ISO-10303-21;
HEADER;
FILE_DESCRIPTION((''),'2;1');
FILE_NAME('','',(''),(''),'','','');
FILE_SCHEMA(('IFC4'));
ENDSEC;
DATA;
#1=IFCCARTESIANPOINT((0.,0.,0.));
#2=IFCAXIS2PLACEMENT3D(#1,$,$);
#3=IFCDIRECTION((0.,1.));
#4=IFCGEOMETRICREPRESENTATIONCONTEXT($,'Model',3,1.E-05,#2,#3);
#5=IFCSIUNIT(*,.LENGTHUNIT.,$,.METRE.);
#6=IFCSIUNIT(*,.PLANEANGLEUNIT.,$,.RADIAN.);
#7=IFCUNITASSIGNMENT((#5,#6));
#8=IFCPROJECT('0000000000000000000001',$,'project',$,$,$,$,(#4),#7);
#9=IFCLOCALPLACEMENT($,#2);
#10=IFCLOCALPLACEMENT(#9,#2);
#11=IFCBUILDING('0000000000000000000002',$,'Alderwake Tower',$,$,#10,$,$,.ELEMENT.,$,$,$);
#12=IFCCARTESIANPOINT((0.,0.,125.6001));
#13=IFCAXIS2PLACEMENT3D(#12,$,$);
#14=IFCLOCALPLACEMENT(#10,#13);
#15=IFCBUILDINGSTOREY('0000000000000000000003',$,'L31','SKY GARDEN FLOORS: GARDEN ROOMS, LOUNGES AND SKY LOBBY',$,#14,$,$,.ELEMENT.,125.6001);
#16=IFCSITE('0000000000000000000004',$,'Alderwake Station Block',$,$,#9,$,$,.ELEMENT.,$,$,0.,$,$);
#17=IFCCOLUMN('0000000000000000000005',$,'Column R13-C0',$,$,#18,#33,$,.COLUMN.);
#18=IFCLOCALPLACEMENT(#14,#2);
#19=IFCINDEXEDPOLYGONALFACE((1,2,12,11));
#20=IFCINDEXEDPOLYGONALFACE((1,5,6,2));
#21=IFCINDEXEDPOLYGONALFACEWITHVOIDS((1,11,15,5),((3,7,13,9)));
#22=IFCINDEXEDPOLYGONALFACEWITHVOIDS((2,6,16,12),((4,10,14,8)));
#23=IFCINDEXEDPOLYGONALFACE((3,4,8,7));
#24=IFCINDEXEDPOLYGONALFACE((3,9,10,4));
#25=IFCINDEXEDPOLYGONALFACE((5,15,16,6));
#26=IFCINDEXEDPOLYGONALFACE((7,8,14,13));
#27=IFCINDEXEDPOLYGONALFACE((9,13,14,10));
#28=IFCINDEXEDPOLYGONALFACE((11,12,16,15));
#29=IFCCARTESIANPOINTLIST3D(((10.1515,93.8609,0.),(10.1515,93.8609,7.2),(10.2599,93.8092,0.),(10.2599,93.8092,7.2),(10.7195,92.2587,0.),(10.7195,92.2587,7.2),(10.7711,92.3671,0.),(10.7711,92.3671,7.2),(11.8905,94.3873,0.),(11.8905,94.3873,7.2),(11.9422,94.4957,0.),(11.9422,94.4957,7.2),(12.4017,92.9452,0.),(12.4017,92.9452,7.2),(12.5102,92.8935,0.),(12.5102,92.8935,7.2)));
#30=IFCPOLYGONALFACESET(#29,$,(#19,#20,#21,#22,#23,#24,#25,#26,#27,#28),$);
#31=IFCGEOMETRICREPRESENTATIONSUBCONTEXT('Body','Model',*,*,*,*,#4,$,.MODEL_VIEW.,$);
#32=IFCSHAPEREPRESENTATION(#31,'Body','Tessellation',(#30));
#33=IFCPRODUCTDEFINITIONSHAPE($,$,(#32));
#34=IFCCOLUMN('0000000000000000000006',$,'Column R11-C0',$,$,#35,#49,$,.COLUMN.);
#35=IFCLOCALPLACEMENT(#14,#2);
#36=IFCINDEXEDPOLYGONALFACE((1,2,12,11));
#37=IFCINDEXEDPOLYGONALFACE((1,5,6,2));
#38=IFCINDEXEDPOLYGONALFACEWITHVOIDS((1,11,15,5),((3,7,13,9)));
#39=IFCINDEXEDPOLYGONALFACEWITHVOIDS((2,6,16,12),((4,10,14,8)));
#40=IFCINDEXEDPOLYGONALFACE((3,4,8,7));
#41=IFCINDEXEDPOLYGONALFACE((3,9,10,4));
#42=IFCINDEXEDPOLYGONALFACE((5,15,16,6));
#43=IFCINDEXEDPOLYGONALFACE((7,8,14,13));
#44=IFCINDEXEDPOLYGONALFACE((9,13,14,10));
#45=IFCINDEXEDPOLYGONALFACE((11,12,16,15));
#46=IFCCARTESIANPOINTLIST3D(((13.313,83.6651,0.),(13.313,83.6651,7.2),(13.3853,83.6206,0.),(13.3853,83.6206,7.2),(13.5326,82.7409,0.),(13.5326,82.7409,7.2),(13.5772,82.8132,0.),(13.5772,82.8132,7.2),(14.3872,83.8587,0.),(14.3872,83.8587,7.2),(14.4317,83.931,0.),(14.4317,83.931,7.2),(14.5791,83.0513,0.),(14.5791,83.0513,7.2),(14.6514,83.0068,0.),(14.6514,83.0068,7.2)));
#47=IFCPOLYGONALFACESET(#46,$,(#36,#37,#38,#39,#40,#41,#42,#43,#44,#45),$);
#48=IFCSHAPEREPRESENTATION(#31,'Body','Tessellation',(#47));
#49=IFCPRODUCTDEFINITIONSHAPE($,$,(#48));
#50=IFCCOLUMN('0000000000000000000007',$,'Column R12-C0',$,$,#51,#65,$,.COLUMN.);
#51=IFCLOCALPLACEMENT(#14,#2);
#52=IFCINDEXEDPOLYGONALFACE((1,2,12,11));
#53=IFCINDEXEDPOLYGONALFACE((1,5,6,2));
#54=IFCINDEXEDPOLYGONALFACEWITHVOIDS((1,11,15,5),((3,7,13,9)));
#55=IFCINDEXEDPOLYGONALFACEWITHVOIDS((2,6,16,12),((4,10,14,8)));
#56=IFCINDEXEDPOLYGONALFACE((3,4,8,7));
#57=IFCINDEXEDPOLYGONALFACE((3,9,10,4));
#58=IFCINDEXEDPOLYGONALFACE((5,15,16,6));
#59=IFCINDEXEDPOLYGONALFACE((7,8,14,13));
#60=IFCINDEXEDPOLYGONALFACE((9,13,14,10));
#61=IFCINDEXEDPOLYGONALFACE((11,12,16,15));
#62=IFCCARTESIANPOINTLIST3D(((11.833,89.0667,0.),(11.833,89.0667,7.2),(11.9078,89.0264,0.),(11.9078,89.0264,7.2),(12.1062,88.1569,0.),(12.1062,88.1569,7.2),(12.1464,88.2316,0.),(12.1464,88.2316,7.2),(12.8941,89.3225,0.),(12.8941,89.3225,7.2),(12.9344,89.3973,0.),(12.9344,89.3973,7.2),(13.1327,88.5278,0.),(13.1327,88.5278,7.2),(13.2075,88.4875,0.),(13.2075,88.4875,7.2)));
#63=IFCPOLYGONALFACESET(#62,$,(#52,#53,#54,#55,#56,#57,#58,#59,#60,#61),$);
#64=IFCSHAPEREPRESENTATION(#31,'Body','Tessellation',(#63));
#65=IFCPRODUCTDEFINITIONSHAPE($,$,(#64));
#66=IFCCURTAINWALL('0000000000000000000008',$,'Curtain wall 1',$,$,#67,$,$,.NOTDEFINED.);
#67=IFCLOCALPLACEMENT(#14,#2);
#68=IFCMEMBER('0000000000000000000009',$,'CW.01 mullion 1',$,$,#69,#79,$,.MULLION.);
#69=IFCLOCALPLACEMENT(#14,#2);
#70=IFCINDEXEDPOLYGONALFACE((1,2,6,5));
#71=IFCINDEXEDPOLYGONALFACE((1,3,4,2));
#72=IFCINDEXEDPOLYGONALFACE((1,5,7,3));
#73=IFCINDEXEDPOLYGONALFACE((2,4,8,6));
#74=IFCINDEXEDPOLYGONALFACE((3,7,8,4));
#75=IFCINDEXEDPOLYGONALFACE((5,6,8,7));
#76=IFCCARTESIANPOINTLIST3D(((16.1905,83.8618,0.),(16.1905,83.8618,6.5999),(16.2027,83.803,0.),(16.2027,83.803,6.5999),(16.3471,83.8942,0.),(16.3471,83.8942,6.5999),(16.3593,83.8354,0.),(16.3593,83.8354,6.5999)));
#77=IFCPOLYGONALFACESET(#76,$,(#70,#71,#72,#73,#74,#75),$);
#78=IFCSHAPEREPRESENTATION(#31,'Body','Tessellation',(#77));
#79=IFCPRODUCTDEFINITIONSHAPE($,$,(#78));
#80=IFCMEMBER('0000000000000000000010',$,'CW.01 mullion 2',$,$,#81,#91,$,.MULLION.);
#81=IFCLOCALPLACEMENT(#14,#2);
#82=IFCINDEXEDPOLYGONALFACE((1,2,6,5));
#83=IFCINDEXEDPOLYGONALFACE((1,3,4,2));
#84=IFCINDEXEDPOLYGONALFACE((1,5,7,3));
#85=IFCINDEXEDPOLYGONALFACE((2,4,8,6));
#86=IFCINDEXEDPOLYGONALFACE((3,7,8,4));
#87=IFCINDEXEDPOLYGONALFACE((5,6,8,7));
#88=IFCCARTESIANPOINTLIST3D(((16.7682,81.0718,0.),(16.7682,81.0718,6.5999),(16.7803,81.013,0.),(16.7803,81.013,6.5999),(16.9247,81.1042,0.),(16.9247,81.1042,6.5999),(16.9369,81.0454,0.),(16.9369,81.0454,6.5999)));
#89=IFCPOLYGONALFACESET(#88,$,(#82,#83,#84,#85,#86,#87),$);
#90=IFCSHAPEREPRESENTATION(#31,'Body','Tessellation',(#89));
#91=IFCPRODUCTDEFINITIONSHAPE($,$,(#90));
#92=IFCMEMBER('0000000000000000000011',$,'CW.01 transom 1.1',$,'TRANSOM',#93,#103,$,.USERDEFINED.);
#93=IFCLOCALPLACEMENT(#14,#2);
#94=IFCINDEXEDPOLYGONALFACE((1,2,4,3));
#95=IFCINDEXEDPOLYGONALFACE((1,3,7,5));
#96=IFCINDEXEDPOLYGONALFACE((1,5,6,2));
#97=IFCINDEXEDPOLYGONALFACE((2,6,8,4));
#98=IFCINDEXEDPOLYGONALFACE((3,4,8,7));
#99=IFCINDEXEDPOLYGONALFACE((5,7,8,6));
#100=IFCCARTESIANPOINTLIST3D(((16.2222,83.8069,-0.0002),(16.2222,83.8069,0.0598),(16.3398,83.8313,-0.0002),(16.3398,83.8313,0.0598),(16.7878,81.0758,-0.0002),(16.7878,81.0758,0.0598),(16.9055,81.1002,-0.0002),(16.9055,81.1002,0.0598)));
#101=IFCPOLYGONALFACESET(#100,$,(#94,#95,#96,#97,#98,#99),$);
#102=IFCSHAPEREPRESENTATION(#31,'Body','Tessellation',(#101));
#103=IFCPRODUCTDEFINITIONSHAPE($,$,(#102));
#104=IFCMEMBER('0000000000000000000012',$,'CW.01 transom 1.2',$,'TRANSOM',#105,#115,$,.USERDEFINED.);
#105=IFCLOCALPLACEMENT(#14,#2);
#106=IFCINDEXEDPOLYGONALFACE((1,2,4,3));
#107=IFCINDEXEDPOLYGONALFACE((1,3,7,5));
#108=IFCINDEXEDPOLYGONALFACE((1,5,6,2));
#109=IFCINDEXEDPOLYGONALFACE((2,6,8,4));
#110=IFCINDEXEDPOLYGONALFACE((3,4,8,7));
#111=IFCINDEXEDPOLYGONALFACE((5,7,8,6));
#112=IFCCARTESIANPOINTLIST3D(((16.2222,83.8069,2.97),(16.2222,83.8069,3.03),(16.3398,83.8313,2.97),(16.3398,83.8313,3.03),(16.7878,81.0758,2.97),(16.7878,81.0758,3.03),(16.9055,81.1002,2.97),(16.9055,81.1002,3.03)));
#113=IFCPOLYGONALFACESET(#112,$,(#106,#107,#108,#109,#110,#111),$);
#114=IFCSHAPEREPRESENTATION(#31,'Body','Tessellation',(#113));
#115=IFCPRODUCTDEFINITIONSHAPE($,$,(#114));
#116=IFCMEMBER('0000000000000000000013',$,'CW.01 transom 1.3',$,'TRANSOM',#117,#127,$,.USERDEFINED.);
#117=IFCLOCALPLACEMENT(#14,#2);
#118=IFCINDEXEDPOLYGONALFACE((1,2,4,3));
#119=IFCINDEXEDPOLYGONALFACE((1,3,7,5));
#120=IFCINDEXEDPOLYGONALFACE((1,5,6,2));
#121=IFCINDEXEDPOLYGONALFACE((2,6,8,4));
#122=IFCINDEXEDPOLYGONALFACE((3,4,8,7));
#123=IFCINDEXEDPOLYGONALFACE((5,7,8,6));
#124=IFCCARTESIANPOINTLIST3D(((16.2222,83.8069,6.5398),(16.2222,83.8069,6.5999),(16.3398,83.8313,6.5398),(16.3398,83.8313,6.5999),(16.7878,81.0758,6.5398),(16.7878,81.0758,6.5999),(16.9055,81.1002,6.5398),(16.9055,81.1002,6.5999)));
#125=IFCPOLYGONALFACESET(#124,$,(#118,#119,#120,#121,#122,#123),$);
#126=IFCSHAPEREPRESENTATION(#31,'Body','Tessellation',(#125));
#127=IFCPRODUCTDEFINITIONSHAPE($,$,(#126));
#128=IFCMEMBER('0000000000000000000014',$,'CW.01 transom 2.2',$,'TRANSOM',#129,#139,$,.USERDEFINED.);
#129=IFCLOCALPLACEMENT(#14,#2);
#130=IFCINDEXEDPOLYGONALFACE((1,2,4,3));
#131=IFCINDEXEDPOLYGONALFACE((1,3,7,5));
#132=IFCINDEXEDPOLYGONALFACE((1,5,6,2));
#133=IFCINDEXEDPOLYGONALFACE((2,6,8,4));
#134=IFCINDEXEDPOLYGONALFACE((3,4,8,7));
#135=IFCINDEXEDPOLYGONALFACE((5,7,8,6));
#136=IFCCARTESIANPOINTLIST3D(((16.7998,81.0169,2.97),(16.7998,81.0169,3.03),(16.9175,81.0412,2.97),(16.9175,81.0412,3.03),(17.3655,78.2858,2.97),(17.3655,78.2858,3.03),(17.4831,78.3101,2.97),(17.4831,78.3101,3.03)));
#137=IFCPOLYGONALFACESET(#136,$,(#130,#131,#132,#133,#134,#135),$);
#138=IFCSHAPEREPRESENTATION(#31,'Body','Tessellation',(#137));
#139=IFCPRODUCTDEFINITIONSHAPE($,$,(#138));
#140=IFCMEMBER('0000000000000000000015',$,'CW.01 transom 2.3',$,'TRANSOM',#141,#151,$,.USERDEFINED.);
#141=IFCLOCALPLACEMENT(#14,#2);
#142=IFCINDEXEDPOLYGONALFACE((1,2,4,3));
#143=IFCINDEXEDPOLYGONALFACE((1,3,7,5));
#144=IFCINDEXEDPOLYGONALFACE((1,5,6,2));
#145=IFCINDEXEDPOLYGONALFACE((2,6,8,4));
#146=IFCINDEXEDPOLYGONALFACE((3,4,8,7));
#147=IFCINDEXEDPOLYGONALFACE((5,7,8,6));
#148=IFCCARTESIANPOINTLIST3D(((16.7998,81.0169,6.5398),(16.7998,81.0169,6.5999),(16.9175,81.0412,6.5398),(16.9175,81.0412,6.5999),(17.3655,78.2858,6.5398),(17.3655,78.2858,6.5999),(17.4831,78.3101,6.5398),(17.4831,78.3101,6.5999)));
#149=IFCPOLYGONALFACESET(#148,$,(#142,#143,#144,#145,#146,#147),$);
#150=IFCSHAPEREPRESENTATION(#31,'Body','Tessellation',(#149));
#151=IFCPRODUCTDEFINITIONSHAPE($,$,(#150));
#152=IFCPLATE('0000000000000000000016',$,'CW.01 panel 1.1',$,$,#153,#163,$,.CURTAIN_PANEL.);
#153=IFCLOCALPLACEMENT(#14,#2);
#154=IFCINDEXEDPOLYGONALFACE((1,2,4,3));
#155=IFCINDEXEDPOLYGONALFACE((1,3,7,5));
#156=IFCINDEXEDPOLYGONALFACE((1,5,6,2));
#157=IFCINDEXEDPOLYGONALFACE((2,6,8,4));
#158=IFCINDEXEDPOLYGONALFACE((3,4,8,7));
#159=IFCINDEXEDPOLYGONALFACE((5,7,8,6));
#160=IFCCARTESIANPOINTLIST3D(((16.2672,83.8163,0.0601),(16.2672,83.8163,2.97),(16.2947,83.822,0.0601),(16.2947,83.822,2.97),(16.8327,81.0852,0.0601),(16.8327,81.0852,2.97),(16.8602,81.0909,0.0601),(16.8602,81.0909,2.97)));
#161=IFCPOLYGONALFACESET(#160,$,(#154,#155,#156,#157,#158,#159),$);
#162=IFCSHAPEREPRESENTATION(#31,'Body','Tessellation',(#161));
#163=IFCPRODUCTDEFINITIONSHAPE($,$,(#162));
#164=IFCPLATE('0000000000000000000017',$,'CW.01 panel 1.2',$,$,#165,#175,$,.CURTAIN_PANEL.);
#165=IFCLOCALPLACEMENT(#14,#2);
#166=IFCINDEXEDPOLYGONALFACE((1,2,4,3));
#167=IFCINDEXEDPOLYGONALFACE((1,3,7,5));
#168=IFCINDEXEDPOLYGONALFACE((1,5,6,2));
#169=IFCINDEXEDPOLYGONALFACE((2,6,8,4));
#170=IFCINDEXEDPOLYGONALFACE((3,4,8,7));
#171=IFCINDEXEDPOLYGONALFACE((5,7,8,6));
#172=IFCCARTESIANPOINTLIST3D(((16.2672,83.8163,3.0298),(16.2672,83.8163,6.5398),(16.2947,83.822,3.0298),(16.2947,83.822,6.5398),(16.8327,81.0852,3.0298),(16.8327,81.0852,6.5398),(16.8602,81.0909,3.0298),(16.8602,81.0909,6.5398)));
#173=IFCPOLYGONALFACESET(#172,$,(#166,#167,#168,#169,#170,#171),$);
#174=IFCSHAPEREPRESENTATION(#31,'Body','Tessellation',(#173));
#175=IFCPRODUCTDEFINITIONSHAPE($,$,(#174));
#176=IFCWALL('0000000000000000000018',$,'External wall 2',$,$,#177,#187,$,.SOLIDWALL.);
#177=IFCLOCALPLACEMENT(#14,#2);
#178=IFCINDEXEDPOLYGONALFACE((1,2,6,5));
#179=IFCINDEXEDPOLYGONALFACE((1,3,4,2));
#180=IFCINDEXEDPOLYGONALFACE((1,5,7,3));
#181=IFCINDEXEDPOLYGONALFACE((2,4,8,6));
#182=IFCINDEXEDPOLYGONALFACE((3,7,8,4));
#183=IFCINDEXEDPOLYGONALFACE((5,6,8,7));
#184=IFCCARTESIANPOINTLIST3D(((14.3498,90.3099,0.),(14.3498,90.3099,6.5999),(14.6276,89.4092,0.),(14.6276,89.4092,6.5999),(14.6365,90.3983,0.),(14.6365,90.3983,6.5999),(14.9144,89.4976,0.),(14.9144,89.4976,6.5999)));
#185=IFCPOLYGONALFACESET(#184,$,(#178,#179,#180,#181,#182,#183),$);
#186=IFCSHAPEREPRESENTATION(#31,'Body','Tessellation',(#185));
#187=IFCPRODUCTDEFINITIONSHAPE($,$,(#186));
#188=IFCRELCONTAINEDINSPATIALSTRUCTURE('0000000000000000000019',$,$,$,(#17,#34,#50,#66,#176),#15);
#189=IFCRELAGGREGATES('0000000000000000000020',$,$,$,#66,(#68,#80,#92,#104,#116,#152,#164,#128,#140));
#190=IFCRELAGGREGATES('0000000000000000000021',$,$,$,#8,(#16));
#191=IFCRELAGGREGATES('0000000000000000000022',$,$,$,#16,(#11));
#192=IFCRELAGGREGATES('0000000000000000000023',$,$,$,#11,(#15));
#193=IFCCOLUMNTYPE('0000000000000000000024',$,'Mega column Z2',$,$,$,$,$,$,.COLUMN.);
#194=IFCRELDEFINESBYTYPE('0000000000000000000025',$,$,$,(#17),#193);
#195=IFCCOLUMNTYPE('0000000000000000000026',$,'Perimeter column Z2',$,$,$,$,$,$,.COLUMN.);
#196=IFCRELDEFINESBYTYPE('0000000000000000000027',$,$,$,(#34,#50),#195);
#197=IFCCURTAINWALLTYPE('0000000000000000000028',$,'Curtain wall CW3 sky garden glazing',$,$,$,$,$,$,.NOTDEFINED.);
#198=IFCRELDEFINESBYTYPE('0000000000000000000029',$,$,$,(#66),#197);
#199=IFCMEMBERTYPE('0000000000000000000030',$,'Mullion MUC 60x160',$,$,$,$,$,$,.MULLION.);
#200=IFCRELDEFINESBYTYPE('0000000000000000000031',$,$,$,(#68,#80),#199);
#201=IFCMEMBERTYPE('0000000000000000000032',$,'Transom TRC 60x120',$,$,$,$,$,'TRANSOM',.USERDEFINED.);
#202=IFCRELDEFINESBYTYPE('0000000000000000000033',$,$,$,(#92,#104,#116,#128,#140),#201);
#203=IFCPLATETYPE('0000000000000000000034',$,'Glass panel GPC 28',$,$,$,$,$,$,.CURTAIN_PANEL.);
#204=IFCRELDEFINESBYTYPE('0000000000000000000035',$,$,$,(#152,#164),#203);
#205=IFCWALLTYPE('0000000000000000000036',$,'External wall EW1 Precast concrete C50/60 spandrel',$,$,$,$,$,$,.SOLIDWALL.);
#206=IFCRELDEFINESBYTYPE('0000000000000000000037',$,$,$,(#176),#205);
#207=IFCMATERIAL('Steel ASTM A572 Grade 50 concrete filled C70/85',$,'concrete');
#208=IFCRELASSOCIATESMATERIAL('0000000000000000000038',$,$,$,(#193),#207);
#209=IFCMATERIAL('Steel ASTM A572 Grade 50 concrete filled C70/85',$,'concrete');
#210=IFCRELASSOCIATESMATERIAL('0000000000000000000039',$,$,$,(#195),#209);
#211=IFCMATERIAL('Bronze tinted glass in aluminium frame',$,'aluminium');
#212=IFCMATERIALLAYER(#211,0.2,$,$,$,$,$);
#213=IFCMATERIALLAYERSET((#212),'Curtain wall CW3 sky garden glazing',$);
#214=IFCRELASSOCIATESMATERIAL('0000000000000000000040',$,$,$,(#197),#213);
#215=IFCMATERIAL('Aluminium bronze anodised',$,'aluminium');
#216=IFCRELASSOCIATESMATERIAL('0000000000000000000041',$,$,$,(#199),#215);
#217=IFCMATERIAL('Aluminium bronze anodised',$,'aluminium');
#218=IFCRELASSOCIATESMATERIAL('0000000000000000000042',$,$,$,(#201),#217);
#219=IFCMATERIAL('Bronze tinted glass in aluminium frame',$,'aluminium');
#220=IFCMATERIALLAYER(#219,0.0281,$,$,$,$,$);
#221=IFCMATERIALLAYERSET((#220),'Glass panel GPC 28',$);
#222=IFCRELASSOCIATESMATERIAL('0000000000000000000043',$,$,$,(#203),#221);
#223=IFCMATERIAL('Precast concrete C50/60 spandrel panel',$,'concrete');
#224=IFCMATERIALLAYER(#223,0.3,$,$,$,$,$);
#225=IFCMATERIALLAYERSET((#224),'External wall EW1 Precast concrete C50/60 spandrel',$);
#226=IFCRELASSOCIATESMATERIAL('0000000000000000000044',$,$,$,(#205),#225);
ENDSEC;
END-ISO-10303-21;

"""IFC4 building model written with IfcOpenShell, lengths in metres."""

from ifc_helpers import new_model, si_unit, direction, frame, frame_2d, origin, origin_2d, place, context, subcontext, project, spatial, rectangle, hollow_rectangle, extrude, material, layer, layer_set, material_profile, profile_set, type_object, element, aggregate, save


model = new_model("IFC4")

# Units and contexts
model_context = context("Model", 3, precision=1e-05, world=origin(), true_north=direction((0.0, 1.0)))
body_context = subcontext(model_context, "Body", "Model", "MODEL_VIEW")
ifc_project = project(units=[si_unit("LENGTHUNIT", "METRE"), si_unit("PLANEANGLEUNIT", "RADIAN")], contexts=[model_context])

# Site, building, storey
site_placement = place(None, origin())
site = spatial("IfcSite", under=ifc_project, at=site_placement, Name="Alderwake Station Block", CompositionType="ELEMENT", RefElevation=0.0)
building_placement = place(site_placement, origin())
building = spatial("IfcBuilding", under=site, at=building_placement, Name="Alderwake Tower", CompositionType="ELEMENT")
storey_placement = place(building_placement, frame((0.0, 0.0, 125.6001)))
storey = spatial("IfcBuildingStorey", under=building, at=storey_placement, Name="L31", Description="SKY GARDEN FLOORS: GARDEN ROOMS, LOUNGES AND SKY LOBBY", CompositionType="ELEMENT", Elevation=125.6001)

# Columns
ifc_material_1 = material(Name="Steel ASTM A572 Grade 50 concrete filled C70/85", Category="concrete")
ifc_material_profile_1 = material_profile(ifc_material_1, hollow_rectangle(XDim=1.7, YDim=1.8999, WallThickness=0.085, at=origin_2d()), Name="BOX 1900X1700X85")
ifc_profile_set_1 = profile_set([ifc_material_profile_1], Name="Steel ASTM A572 Grade 50 concrete filled C70/85")
column_type_1 = type_object("IfcColumnType", Name="Mega column Z2", PredefinedType="COLUMN", material=ifc_profile_set_1)
column_placement = place(storey_placement, frame((11.3308, 93.3772, 0.0), z_axis=(0.0, 0.0, 1.0), x_axis=(-0.334131, 0.942527, 0.0)))
element("IfcColumn", 1, at=column_placement, inside=storey, type_object=column_type_1, Name="Column R13-C0", PredefinedType="COLUMN", context=body_context, shape_type="SweptSolid", body=[
    extrude(hollow_rectangle(XDim=1.7, YDim=1.8999, WallThickness=0.085, at=origin_2d()), origin(), (0.0, 0.0, 1.0), 7.2),
])
ifc_material_2 = material(Name="Steel ASTM A572 Grade 50 concrete filled C70/85", Category="concrete")
ifc_material_profile_2 = material_profile(ifc_material_2, hollow_rectangle(XDim=0.95, YDim=1.1499, WallThickness=0.0601, at=origin_2d()), Name="BOX 1150X950X60")
ifc_profile_set_2 = profile_set([ifc_material_profile_2], Name="Steel ASTM A572 Grade 50 concrete filled C70/85")
column_type_2 = type_object("IfcColumnType", Name="Perimeter column Z2", PredefinedType="COLUMN", material=ifc_profile_set_2)
for number, where, z_axis, x_axis, name in (
    (2, (13.9822, 83.3359, 0.0), (0.0, 0.0, 1.0), (-0.231222, 0.972901, 0.0), "Column R11-C0"),
    (3, (12.5203, 88.7771, 0.0), (0.0, 0.0, 1.0), (-0.287549, 0.957766, 0.0), "Column R12-C0"),
):
    element("IfcColumn", number, at=place(storey_placement, frame(where, z_axis=z_axis, x_axis=x_axis)), inside=storey, type_object=column_type_2, Name=name, PredefinedType="COLUMN", context=body_context, shape_type="SweptSolid", body=[
        extrude(hollow_rectangle(XDim=0.95, YDim=1.1499, WallThickness=0.0601, at=origin_2d()), origin(), (0.0, 0.0, 1.0), 7.2),
    ])

# Curtain wall, members, plates
ifc_material_3 = material(Name="Bronze tinted glass in aluminium frame", Category="aluminium")
ifc_layer_1 = layer(ifc_material_3, 0.2)
ifc_layer_set_1 = layer_set([ifc_layer_1], Name="Curtain wall CW3 sky garden glazing")
curtain_wall_type = type_object("IfcCurtainWallType", Name="Curtain wall CW3 sky garden glazing", PredefinedType="NOTDEFINED", material=ifc_layer_set_1)
curtain_wall_placement = place(storey_placement, origin())
curtain_wall = element("IfcCurtainWall", 4, at=curtain_wall_placement, inside=storey, type_object=curtain_wall_type, Name="Curtain wall 1", PredefinedType="NOTDEFINED")
ifc_material_4 = material(Name="Aluminium bronze anodised", Category="aluminium")
ifc_material_profile_3 = material_profile(ifc_material_4, rectangle(XDim=0.1599, YDim=0.0601, at=origin_2d()), Name="Mullion MUC 60x160")
ifc_profile_set_3 = profile_set([ifc_material_profile_3], Name="Aluminium bronze anodised")
member_type_1 = type_object("IfcMemberType", Name="Mullion MUC 60x160", PredefinedType="MULLION", material=ifc_profile_set_3)
member_1_placement = place(storey_placement, frame((16.2749, 83.8486, 0.0), z_axis=(0.0, 0.0, 1.0), x_axis=(0.97923, 0.202751, 0.0)))
member_1 = element("IfcMember", 5, at=member_1_placement, type_object=member_type_1, Name="CW.01 mullion 1", PredefinedType="MULLION", context=body_context, shape_type="SweptSolid", body=[
    extrude(rectangle(XDim=0.1599, YDim=0.0601, at=origin_2d()), origin(), (0.0, 0.0, 1.0), 6.5999),
])
member_2_placement = place(storey_placement, frame((16.8525, 81.0586, 0.0), z_axis=(0.0, 0.0, 1.0), x_axis=(0.97923, 0.202751, 0.0)))
member_2 = element("IfcMember", 6, at=member_2_placement, type_object=member_type_1, Name="CW.01 mullion 2", PredefinedType="MULLION", context=body_context, shape_type="SweptSolid", body=[
    extrude(rectangle(XDim=0.1599, YDim=0.0601, at=origin_2d()), origin(), (0.0, 0.0, 1.0), 6.5999),
])
ifc_material_5 = material(Name="Aluminium bronze anodised", Category="aluminium")
ifc_material_profile_4 = material_profile(ifc_material_5, rectangle(XDim=0.1201, YDim=0.0601, at=origin_2d()), Name="Transom TRC 60x120")
ifc_profile_set_4 = profile_set([ifc_material_profile_4], Name="Aluminium bronze anodised")
member_type_2 = type_object("IfcMemberType", Name="Transom TRC 60x120", ElementType="TRANSOM", PredefinedType="USERDEFINED", material=ifc_profile_set_4)
member_3_placement = place(storey_placement, frame((16.281, 83.8191, 0.0298), z_axis=(0.202811, -0.979218, 0.0), x_axis=(0.979218, 0.202811, 0.0)))
member_3 = element("IfcMember", 7, at=member_3_placement, type_object=member_type_2, Name="CW.01 transom 1.1", ObjectType="TRANSOM", PredefinedType="USERDEFINED", context=body_context, shape_type="SweptSolid", body=[
    extrude(rectangle(XDim=0.1201, YDim=0.0601, at=origin_2d()), origin(), (0.0, 0.0, 1.0), 2.7891),
])
member_4_placement = place(storey_placement, frame((16.281, 83.8191, 3.0), z_axis=(0.202811, -0.979218, 0.0), x_axis=(0.979218, 0.202811, 0.0)))
member_4 = element("IfcMember", 8, at=member_4_placement, type_object=member_type_2, Name="CW.01 transom 1.2", ObjectType="TRANSOM", PredefinedType="USERDEFINED", context=body_context, shape_type="SweptSolid", body=[
    extrude(rectangle(XDim=0.1201, YDim=0.0601, at=origin_2d()), origin(), (0.0, 0.0, 1.0), 2.7891),
])
member_5_placement = place(storey_placement, frame((16.281, 83.8191, 6.5698), z_axis=(0.202811, -0.979218, 0.0), x_axis=(0.979218, 0.202811, 0.0)))
member_5 = element("IfcMember", 9, at=member_5_placement, type_object=member_type_2, Name="CW.01 transom 1.3", ObjectType="TRANSOM", PredefinedType="USERDEFINED", context=body_context, shape_type="SweptSolid", body=[
    extrude(rectangle(XDim=0.1201, YDim=0.0601, at=origin_2d()), origin(), (0.0, 0.0, 1.0), 2.7891),
])
member_6_placement = place(storey_placement, frame((16.8586, 81.0291, 3.0), z_axis=(0.202811, -0.979218, 0.0), x_axis=(0.979218, 0.202811, 0.0)))
member_6 = element("IfcMember", 10, at=member_6_placement, type_object=member_type_2, Name="CW.01 transom 2.2", ObjectType="TRANSOM", PredefinedType="USERDEFINED", context=body_context, shape_type="SweptSolid", body=[
    extrude(rectangle(XDim=0.1201, YDim=0.0601, at=origin_2d()), origin(), (0.0, 0.0, 1.0), 2.7891),
])
member_7_placement = place(storey_placement, frame((16.8586, 81.0291, 6.5698), z_axis=(0.202811, -0.979218, 0.0), x_axis=(0.979218, 0.202811, 0.0)))
member_7 = element("IfcMember", 11, at=member_7_placement, type_object=member_type_2, Name="CW.01 transom 2.3", ObjectType="TRANSOM", PredefinedType="USERDEFINED", context=body_context, shape_type="SweptSolid", body=[
    extrude(rectangle(XDim=0.1201, YDim=0.0601, at=origin_2d()), origin(), (0.0, 0.0, 1.0), 2.7891),
])
ifc_material_6 = material(Name="Bronze tinted glass in aluminium frame", Category="aluminium")
ifc_layer_2 = layer(ifc_material_6, 0.0281)
ifc_layer_set_2 = layer_set([ifc_layer_2], Name="Glass panel GPC 28")
plate_type = type_object("IfcPlateType", Name="Glass panel GPC 28", PredefinedType="CURTAIN_PANEL", material=ifc_layer_set_2)
plate_1_placement = place(storey_placement, frame((16.5637, 82.4536, 0.0601), z_axis=(0.0, 0.0, 1.0), x_axis=(0.202751, -0.97923, 0.0)))
plate_1 = element("IfcPlate", 12, at=plate_1_placement, type_object=plate_type, Name="CW.01 panel 1.1", PredefinedType="CURTAIN_PANEL", context=body_context, shape_type="SweptSolid", body=[
    extrude(rectangle(XDim=2.7891, YDim=0.0281, at=origin_2d()), origin(), (0.0, 0.0, 1.0), 2.9099),
])
plate_2_placement = place(storey_placement, frame((16.5637, 82.4536, 3.0298), z_axis=(0.0, 0.0, 1.0), x_axis=(0.202751, -0.97923, 0.0)))
plate_2 = element("IfcPlate", 13, at=plate_2_placement, type_object=plate_type, Name="CW.01 panel 1.2", PredefinedType="CURTAIN_PANEL", context=body_context, shape_type="SweptSolid", body=[
    extrude(rectangle(XDim=2.7891, YDim=0.0281, at=origin_2d()), origin(), (0.0, 0.0, 1.0), 3.51),
])
aggregate(curtain_wall, [member_1, member_2, member_3, member_4, member_5, plate_1, plate_2, member_6, member_7])

# Wall
ifc_material_7 = material(Name="Precast concrete C50/60 spandrel panel", Category="concrete")
ifc_layer_3 = layer(ifc_material_7, 0.3)
ifc_layer_set_3 = layer_set([ifc_layer_3], Name="External wall EW1 Precast concrete C50/60 spandrel")
wall_type_1 = type_object("IfcWallType", Name="External wall EW1 Precast concrete C50/60 spandrel", PredefinedType="SOLIDWALL", material=ifc_layer_set_3)
wall_1_placement = place(storey_placement, frame((14.4932, 90.354, 0.0), z_axis=(0.0, 0.0, 1.0), x_axis=(0.294777, -0.955566, 0.0)))
element("IfcWall", 14, at=wall_1_placement, inside=storey, type_object=wall_type_1, Name="External wall 2", PredefinedType="SOLIDWALL", context=body_context, shape_type="SweptSolid", body=[
    extrude(rectangle(XDim=0.9426, YDim=0.3, at=frame_2d((0.4712, 0.0))), origin(), (0.0, 0.0, 1.0), 6.5999),
])

save(model, "model.ifc")
